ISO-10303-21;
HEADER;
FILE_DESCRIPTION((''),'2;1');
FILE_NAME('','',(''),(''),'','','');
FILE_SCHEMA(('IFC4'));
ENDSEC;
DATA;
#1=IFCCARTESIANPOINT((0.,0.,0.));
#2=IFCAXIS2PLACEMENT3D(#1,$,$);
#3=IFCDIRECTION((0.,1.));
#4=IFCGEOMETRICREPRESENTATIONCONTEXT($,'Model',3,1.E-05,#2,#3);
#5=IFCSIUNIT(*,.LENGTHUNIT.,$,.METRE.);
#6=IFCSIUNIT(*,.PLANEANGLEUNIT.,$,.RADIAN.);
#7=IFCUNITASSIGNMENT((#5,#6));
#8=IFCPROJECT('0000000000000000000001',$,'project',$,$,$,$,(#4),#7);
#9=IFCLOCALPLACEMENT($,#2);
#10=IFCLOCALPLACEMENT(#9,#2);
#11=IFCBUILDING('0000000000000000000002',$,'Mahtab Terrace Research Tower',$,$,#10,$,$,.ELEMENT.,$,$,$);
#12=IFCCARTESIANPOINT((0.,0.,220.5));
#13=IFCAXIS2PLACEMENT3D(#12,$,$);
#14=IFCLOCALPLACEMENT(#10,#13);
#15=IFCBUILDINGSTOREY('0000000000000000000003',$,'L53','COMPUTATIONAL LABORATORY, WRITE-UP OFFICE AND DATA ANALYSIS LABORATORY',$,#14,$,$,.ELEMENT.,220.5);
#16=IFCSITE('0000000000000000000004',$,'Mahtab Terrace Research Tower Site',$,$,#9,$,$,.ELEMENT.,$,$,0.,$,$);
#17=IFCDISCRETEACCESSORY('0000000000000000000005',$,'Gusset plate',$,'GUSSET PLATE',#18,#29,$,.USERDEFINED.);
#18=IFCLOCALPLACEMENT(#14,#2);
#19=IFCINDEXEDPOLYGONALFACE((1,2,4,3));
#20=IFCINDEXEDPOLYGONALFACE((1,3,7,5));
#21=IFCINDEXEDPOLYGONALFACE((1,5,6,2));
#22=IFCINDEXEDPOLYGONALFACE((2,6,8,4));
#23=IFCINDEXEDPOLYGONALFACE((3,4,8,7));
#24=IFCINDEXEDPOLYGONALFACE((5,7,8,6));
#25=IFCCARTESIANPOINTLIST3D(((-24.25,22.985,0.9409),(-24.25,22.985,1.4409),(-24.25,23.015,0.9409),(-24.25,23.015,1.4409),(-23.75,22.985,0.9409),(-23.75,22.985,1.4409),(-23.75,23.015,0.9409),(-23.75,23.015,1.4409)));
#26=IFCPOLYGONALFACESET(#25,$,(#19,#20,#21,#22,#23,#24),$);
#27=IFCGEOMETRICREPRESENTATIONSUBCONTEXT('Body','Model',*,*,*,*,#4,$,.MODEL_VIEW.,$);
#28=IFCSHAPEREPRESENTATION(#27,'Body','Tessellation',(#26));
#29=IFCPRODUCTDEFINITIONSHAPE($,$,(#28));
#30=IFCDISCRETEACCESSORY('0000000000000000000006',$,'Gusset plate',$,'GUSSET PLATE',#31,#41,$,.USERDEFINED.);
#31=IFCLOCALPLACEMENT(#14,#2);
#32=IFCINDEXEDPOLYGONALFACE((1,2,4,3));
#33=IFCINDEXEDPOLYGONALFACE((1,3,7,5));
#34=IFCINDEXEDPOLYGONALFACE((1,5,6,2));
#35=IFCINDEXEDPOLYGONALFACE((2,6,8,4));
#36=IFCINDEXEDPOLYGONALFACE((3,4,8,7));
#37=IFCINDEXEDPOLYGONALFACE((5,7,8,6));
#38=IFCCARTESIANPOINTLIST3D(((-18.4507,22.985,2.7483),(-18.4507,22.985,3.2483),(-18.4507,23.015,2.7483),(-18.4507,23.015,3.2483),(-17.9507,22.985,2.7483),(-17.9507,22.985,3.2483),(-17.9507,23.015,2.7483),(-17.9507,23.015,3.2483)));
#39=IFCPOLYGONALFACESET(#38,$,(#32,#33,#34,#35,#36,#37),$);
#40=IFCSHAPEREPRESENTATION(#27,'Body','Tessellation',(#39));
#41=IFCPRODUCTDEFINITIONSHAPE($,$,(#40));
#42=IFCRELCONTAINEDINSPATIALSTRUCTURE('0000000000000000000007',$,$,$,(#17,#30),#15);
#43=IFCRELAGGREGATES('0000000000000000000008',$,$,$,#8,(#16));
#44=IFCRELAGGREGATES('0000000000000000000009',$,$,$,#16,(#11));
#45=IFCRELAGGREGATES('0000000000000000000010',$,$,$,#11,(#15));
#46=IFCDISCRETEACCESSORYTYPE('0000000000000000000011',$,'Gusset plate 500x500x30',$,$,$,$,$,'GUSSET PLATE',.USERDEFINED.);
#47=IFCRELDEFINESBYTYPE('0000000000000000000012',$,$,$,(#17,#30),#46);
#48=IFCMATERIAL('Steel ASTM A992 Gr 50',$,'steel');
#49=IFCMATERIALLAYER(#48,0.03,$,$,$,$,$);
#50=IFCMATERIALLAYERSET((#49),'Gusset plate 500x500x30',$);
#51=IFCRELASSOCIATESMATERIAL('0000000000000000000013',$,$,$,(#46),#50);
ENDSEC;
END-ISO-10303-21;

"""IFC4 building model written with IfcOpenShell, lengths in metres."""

from ifc_helpers import new_model, si_unit, direction, frame, origin, origin_2d, place, context, subcontext, project, spatial, rectangle, extrude, material, layer, layer_set, type_object, element, save


model = new_model("IFC4")

# Units and contexts
model_context = context("Model", 3, precision=1e-05, world=origin(), true_north=direction((0.0, 1.0)))
body_context = subcontext(model_context, "Body", "Model", "MODEL_VIEW")
ifc_project = project(units=[si_unit("LENGTHUNIT", "METRE"), si_unit("PLANEANGLEUNIT", "RADIAN")], contexts=[model_context])

# Site, building, storey
site_placement = place(None, origin())
site = spatial("IfcSite", under=ifc_project, at=site_placement, Name="Mahtab Terrace Research Tower Site", CompositionType="ELEMENT", RefElevation=0.0)
building_placement = place(site_placement, origin())
building = spatial("IfcBuilding", under=site, at=building_placement, Name="Mahtab Terrace Research Tower", CompositionType="ELEMENT")
storey_placement = place(building_placement, frame((0.0, 0.0, 220.5)))
storey = spatial("IfcBuildingStorey", under=building, at=storey_placement, Name="L53", Description="COMPUTATIONAL LABORATORY, WRITE-UP OFFICE AND DATA ANALYSIS LABORATORY", CompositionType="ELEMENT", Elevation=220.5)

# Shared definitions
ifc_material_1 = material(Name="Steel ASTM A992 Gr 50", Category="steel")

# Discrete accessories
ifc_layer_1 = layer(ifc_material_1, 0.03)
ifc_layer_set_1 = layer_set([ifc_layer_1], Name="Gusset plate 500x500x30")
discrete_accessory_type = type_object("IfcDiscreteAccessoryType", Name="Gusset plate 500x500x30", ElementType="GUSSET PLATE", PredefinedType="USERDEFINED", material=ifc_layer_set_1)
for number, where, z_axis, x_axis, name in (
    (1, (-24.0, 23.0, 0.9409), (0.0, 0.0, 1.0), (1.0, 0.0, 0.0), "Gusset plate"),
    (2, (-18.2007, 23.0, 2.7483), (0.0, 0.0, 1.0), (1.0, 0.0, 0.0), "Gusset plate"),
):
    element("IfcDiscreteAccessory", number, at=place(storey_placement, frame(where, z_axis=z_axis, x_axis=x_axis)), inside=storey, type_object=discrete_accessory_type, Name=name, ObjectType="GUSSET PLATE", PredefinedType="USERDEFINED", context=body_context, shape_type="SweptSolid", body=[
        extrude(rectangle(XDim=0.5, YDim=0.03, at=origin_2d()), origin(), (0.0, 0.0, 1.0), 0.5),
    ])

save(model, "model.ifc")
